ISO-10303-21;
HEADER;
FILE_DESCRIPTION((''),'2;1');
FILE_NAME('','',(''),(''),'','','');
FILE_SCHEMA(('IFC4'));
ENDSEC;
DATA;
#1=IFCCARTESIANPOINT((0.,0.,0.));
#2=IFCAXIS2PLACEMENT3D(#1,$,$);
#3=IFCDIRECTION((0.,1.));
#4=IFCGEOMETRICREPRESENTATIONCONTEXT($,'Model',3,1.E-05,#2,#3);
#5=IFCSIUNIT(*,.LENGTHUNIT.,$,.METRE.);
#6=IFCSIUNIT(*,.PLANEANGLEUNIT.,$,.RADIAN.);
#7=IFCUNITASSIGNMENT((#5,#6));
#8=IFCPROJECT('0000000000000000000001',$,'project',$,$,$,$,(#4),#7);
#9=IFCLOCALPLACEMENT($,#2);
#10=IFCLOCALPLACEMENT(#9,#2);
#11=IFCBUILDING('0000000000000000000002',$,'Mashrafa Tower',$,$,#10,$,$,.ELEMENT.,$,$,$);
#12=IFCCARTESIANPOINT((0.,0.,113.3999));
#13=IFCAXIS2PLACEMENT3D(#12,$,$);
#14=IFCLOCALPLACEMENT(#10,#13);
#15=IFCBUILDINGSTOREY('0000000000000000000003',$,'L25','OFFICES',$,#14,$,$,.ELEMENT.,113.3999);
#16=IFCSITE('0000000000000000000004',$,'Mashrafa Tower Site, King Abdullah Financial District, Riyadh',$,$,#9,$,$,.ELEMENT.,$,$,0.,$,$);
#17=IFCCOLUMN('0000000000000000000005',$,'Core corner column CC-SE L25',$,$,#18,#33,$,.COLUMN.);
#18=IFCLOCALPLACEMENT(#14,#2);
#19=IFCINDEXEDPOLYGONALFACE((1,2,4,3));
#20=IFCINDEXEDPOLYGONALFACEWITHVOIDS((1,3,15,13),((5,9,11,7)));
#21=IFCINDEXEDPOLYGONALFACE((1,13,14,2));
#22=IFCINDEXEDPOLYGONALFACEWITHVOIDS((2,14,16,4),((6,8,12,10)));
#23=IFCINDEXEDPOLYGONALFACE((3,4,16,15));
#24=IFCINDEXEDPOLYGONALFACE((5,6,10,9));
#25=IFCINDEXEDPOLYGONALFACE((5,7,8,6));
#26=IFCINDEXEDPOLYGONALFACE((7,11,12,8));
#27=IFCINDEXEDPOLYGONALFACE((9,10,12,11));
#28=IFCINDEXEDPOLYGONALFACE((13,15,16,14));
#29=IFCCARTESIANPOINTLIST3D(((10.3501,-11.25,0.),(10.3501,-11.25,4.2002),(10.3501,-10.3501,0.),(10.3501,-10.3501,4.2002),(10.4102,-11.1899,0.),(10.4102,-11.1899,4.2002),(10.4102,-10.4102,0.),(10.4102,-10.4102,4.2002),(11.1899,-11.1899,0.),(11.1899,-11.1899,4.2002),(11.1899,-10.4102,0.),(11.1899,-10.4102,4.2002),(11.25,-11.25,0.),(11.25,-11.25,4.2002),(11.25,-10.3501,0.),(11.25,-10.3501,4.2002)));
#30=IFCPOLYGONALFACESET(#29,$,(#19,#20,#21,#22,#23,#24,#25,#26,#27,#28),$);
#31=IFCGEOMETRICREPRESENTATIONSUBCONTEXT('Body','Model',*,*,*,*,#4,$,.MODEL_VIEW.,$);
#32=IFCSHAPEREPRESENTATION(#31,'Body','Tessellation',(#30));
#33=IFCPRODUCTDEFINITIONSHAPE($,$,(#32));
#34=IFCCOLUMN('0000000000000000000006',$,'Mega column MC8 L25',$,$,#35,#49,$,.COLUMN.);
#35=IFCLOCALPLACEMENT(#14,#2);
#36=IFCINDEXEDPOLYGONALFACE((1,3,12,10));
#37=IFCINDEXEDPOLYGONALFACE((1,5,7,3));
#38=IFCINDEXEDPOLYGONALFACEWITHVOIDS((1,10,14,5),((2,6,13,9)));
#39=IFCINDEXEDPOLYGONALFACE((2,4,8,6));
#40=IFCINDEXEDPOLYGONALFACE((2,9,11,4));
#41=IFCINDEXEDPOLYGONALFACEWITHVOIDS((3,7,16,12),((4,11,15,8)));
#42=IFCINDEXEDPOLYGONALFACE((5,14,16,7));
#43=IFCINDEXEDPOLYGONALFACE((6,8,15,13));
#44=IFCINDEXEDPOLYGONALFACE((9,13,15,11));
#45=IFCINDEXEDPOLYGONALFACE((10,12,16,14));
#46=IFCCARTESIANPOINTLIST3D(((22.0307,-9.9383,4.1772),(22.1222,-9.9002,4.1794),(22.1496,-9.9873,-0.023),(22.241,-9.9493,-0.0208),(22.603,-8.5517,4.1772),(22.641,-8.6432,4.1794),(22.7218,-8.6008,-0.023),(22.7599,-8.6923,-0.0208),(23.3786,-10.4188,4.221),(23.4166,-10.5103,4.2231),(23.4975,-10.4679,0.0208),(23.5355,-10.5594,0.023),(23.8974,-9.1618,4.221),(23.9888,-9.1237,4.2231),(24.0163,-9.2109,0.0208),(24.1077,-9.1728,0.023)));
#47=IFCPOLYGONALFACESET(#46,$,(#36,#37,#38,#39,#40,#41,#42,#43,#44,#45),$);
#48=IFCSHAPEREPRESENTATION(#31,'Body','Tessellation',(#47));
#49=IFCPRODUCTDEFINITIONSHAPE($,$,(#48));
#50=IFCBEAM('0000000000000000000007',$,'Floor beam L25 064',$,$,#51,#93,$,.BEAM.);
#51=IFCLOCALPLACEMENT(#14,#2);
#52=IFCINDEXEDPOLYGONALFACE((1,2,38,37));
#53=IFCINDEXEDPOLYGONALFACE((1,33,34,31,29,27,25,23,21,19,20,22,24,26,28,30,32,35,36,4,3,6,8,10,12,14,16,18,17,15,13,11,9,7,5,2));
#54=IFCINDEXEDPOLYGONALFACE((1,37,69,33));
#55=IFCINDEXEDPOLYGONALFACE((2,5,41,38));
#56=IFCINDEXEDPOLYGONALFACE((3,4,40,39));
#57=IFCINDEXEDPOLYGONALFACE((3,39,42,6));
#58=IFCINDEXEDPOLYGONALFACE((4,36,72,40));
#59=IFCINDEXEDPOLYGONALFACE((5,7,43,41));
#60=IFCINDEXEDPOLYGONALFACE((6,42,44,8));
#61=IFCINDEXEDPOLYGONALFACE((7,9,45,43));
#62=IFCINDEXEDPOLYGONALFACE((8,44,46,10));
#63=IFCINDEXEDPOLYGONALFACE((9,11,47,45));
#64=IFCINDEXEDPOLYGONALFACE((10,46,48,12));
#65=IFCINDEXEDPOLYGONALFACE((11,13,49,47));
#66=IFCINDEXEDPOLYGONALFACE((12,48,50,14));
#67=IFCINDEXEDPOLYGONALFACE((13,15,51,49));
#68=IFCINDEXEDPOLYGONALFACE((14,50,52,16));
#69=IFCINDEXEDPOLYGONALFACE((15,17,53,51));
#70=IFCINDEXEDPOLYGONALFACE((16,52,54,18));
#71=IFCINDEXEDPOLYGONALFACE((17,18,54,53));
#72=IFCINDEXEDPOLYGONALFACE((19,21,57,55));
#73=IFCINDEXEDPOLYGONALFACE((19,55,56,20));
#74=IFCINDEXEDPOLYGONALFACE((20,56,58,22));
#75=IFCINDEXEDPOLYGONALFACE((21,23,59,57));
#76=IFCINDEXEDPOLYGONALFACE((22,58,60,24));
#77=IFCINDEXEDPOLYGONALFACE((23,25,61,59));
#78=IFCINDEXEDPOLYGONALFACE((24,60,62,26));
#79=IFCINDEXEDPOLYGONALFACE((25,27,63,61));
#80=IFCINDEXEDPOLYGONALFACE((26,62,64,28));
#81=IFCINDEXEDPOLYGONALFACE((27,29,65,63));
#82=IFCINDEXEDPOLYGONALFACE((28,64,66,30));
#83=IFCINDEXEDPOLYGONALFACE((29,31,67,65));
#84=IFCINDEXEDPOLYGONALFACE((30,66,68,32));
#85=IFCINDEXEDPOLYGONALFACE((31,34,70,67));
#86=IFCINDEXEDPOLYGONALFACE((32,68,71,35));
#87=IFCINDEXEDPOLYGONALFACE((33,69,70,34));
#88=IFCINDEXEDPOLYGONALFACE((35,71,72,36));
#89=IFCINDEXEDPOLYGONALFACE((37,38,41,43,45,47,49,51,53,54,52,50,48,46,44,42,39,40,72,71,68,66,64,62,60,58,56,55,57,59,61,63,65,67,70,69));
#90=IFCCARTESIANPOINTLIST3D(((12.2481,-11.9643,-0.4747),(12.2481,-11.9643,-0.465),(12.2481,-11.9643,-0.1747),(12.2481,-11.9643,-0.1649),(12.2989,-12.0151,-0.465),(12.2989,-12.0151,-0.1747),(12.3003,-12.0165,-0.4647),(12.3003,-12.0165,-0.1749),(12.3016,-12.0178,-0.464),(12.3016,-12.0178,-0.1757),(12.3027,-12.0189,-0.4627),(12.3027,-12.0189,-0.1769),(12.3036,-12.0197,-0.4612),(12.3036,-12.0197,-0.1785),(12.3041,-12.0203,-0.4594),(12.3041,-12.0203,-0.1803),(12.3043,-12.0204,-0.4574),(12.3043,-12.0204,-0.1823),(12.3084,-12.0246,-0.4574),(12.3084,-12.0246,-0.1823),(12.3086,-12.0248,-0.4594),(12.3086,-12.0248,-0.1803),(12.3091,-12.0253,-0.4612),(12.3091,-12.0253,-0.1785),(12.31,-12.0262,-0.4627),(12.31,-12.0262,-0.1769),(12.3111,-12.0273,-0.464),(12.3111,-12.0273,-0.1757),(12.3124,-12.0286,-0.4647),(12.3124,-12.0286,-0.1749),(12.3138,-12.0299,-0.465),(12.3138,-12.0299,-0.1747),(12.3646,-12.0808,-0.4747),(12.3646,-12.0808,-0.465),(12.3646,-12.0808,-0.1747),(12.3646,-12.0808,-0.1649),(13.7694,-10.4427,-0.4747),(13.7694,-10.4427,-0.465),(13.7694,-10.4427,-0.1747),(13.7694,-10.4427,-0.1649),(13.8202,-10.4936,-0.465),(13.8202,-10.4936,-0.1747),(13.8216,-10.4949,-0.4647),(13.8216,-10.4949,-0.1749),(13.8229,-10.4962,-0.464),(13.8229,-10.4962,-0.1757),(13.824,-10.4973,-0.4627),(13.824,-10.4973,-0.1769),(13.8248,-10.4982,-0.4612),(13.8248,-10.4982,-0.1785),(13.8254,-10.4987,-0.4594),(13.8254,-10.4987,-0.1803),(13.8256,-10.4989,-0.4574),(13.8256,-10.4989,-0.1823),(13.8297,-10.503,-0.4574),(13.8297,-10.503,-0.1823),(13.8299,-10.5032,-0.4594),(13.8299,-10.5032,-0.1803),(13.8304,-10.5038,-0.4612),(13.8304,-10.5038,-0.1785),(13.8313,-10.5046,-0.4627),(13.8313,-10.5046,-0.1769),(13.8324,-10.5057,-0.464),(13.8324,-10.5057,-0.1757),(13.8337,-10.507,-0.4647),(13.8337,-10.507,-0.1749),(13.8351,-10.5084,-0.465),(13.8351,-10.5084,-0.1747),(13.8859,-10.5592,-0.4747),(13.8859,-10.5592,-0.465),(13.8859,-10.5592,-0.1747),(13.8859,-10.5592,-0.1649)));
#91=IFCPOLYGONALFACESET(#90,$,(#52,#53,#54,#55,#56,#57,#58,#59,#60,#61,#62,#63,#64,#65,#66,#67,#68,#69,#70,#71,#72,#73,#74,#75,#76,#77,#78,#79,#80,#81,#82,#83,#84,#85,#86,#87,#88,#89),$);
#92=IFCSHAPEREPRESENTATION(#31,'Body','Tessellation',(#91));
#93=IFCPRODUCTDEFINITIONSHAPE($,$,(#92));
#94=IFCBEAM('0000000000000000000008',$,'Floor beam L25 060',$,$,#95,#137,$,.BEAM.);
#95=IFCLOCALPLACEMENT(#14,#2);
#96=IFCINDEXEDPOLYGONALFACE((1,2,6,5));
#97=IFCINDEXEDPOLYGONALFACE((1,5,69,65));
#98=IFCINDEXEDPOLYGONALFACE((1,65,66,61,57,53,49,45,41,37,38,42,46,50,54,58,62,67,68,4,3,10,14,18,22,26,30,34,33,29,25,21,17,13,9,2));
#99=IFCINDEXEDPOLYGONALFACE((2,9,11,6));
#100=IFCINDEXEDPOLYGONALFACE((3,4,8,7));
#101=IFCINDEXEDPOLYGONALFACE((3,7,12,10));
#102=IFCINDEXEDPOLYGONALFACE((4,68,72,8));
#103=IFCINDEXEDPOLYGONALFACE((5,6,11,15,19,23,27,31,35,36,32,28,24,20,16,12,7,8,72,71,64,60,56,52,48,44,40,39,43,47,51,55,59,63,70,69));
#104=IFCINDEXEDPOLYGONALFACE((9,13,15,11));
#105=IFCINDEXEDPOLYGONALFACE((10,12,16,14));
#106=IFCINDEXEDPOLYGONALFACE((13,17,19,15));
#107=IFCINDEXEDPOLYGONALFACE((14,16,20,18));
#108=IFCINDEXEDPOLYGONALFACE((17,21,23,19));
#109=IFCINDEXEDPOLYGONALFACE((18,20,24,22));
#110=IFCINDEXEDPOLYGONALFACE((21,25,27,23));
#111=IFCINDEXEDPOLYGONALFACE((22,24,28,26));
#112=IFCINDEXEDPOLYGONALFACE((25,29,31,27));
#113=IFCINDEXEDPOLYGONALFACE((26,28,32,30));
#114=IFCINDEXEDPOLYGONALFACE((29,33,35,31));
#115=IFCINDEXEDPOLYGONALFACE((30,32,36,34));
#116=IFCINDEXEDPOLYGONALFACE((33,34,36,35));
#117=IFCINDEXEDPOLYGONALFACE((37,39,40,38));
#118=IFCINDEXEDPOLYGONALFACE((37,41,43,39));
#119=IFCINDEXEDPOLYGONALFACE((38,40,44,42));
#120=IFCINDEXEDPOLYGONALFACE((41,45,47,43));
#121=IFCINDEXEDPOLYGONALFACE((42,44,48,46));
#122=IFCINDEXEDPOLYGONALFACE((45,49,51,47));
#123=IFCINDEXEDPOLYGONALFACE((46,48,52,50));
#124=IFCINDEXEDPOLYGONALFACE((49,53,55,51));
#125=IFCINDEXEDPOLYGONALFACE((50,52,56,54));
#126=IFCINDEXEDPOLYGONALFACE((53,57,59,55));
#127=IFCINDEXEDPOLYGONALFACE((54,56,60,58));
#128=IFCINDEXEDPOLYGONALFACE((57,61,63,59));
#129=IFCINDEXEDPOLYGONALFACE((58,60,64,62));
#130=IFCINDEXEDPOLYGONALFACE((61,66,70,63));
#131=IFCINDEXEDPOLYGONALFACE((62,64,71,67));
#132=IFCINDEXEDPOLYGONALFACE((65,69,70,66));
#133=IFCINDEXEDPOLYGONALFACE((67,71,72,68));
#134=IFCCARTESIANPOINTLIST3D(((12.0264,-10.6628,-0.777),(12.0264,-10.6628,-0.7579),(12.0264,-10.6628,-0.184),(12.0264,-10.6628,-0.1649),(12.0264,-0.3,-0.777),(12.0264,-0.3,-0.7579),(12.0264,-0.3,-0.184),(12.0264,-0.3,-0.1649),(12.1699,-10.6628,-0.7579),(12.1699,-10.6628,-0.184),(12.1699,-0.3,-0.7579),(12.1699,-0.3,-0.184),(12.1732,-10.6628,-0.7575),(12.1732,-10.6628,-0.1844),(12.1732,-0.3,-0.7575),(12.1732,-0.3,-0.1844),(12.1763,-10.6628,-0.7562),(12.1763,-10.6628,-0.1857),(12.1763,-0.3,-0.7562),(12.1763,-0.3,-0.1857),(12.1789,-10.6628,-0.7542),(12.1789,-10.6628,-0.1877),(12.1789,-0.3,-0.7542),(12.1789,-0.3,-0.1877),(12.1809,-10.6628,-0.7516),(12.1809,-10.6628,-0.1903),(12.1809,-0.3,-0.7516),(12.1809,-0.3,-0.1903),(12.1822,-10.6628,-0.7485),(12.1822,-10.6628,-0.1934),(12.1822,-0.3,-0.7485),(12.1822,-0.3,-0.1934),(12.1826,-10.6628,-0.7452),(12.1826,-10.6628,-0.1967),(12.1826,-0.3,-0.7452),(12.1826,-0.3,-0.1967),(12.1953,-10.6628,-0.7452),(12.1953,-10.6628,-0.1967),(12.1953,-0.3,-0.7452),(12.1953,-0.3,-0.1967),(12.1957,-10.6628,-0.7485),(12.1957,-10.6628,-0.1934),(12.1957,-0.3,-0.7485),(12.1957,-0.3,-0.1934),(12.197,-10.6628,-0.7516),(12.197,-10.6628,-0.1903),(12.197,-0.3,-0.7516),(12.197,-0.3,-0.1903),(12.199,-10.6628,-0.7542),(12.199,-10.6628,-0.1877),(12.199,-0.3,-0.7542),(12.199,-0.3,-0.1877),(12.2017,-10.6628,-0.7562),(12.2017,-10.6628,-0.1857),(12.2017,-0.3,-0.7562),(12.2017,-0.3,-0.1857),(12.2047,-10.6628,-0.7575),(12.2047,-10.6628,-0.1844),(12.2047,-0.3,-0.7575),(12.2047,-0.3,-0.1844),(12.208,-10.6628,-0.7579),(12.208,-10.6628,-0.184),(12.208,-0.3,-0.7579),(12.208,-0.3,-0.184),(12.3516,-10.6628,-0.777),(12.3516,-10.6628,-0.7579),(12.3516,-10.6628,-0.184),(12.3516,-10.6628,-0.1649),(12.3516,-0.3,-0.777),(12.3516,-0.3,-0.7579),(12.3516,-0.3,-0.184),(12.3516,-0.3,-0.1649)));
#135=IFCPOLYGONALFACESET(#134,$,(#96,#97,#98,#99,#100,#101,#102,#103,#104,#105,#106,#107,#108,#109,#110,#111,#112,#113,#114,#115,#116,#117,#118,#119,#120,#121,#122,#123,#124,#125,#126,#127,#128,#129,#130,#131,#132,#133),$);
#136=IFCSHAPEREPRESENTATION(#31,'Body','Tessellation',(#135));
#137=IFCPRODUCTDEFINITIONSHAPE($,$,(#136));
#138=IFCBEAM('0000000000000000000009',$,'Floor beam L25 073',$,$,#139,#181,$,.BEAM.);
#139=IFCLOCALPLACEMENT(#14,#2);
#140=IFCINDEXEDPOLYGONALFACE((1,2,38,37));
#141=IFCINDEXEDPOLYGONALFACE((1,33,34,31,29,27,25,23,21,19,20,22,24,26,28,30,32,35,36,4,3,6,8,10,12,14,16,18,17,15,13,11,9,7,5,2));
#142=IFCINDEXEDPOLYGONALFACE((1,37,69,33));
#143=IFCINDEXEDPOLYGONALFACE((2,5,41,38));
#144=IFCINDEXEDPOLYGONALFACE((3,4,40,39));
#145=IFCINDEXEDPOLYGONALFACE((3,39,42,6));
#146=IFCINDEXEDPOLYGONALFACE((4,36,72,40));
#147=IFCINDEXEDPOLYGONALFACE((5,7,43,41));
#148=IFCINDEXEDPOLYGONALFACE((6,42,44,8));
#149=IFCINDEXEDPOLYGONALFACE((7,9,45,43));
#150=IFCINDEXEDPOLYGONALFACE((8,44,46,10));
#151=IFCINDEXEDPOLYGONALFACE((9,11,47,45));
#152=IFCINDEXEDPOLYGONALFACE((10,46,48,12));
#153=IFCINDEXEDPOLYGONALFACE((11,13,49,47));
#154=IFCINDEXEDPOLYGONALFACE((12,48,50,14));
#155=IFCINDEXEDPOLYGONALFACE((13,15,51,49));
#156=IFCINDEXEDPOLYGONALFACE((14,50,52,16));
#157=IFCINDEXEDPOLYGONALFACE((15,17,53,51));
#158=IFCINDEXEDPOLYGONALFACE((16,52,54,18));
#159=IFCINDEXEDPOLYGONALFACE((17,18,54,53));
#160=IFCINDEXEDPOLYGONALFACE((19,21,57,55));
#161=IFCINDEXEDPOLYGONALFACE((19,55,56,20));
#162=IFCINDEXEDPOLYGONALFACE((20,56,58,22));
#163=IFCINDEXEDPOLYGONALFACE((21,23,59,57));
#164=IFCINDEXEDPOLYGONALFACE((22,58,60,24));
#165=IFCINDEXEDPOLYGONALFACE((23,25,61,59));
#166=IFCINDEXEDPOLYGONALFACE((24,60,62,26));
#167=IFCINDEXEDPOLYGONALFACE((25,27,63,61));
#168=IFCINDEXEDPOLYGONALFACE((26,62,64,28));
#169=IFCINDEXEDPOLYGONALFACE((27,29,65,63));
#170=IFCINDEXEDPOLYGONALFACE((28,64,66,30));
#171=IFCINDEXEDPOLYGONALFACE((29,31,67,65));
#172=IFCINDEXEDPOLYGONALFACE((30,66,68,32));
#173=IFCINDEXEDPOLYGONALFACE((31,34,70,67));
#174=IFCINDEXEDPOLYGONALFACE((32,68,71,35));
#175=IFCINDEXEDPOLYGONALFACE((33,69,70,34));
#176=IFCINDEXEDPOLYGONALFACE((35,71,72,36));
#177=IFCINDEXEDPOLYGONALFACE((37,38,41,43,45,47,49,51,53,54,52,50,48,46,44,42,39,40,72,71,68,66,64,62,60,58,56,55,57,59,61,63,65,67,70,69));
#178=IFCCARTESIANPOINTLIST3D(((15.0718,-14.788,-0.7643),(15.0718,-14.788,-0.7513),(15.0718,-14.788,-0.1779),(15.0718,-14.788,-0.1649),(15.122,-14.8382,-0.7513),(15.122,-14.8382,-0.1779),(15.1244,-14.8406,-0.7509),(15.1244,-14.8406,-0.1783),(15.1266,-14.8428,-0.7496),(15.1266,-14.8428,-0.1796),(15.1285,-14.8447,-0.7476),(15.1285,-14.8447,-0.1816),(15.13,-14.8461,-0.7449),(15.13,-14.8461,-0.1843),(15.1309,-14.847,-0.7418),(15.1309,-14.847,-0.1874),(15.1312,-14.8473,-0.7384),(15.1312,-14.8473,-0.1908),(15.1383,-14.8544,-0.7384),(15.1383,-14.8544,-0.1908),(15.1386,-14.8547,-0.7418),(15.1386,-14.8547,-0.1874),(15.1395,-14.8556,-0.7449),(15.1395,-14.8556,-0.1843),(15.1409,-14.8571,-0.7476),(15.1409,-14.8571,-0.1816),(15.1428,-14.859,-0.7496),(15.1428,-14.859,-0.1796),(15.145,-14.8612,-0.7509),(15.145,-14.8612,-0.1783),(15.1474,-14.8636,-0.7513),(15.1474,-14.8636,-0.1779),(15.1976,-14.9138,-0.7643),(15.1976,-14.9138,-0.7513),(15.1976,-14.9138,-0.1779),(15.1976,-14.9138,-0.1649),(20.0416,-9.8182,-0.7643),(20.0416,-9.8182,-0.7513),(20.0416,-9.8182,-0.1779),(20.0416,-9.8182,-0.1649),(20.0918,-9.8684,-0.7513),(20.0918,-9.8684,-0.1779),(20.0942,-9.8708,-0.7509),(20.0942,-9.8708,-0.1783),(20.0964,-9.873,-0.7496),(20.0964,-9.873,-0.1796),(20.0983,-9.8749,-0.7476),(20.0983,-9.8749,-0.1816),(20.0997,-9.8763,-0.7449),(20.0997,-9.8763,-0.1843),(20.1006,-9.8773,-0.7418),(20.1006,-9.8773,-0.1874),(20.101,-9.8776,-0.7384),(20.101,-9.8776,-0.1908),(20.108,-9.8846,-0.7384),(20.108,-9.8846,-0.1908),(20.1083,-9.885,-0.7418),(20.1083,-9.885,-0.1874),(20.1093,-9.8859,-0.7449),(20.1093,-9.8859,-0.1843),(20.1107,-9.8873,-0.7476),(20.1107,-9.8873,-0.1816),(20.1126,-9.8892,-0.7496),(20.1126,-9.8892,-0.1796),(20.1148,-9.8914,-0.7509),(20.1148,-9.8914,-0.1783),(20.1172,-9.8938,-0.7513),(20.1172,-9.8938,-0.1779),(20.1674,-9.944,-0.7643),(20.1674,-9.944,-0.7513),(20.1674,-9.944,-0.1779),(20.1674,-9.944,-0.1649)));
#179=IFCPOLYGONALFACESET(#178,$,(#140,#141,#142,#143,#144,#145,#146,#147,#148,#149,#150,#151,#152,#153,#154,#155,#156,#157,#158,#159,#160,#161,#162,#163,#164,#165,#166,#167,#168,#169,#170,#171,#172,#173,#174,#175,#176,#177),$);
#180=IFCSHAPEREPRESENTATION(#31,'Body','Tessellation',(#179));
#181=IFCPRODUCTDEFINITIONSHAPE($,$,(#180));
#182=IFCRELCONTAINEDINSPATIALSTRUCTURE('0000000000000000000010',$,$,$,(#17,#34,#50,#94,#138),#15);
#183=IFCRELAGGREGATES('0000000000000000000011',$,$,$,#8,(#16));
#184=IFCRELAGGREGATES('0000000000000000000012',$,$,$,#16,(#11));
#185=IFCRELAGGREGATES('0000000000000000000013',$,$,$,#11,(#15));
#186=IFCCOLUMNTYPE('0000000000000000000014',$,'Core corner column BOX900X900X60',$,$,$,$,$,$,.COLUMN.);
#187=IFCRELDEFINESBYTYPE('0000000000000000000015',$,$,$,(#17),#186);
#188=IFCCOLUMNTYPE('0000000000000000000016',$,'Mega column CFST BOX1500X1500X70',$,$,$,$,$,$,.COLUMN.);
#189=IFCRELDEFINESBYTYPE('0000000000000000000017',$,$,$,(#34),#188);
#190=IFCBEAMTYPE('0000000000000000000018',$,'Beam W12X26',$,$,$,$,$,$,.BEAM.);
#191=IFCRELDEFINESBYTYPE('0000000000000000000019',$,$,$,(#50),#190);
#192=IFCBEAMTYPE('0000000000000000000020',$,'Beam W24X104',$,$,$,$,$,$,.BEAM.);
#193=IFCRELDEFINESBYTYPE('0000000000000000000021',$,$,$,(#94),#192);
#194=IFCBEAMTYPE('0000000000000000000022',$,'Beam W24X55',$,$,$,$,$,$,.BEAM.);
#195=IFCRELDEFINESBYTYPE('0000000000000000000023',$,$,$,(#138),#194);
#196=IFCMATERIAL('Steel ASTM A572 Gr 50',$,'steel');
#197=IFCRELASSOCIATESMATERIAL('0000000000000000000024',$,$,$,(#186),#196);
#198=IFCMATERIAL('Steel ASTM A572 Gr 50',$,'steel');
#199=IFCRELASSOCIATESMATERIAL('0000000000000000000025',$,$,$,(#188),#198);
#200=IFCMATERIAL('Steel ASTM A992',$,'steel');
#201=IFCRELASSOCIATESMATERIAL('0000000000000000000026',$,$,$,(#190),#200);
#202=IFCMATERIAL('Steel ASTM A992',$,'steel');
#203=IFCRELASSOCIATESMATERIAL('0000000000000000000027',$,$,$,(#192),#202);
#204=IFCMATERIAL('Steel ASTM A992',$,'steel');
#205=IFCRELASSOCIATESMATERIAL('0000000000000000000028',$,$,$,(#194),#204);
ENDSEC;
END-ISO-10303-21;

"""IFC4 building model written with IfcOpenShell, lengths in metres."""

from ifc_helpers import new_model, si_unit, direction, frame, origin, origin_2d, place, context, subcontext, project, spatial, hollow_rectangle, i_section, extrude, material, material_profile, profile_set, type_object, element, save


model = new_model("IFC4")

# Units and contexts
model_context = context("Model", 3, precision=1e-05, world=origin(), true_north=direction((0.0, 1.0)))
body_context = subcontext(model_context, "Body", "Model", "MODEL_VIEW")
ifc_project = project(units=[si_unit("LENGTHUNIT", "METRE"), si_unit("PLANEANGLEUNIT", "RADIAN")], contexts=[model_context])

# Site, building, storey
site_placement = place(None, origin())
site = spatial("IfcSite", under=ifc_project, at=site_placement, Name="Mashrafa Tower Site, King Abdullah Financial District, Riyadh", CompositionType="ELEMENT", RefElevation=0.0)
building_placement = place(site_placement, origin())
building = spatial("IfcBuilding", under=site, at=building_placement, Name="Mashrafa Tower", CompositionType="ELEMENT")
storey_placement = place(building_placement, frame((0.0, 0.0, 113.3999)))
storey = spatial("IfcBuildingStorey", under=building, at=storey_placement, Name="L25", Description="OFFICES", CompositionType="ELEMENT", Elevation=113.3999)

# Columns
ifc_material_1 = material(Name="Steel ASTM A572 Gr 50", Category="steel")
ifc_material_profile_1 = material_profile(ifc_material_1, hollow_rectangle(XDim=0.8999, YDim=0.8999, WallThickness=0.0601, at=origin_2d()), Name="BOX900X900X60")
ifc_profile_set_1 = profile_set([ifc_material_profile_1], Name="Steel ASTM A572 Gr 50")
column_type_1 = type_object("IfcColumnType", Name="Core corner column BOX900X900X60", PredefinedType="COLUMN", material=ifc_profile_set_1)
column_1_placement = place(storey_placement, frame((10.8, -10.8, 0.0), z_axis=(0.0, 0.0, 1.0), x_axis=(1.0, 0.0, 0.0)))
element("IfcColumn", 1, at=column_1_placement, inside=storey, type_object=column_type_1, Name="Core corner column CC-SE L25", PredefinedType="COLUMN", context=body_context, shape_type="SweptSolid", body=[
    extrude(hollow_rectangle(XDim=0.8999, YDim=0.8999, WallThickness=0.0601, at=origin_2d()), origin(), (0.0, 0.0, 1.0), 4.2002),
])
ifc_material_2 = material(Name="Steel ASTM A572 Gr 50", Category="steel")
ifc_material_profile_2 = material_profile(ifc_material_2, hollow_rectangle(XDim=1.5, YDim=1.5, WallThickness=0.0701, at=origin_2d()), Name="BOX1500X1500X70")
ifc_profile_set_2 = profile_set([ifc_material_profile_2], Name="Steel ASTM A572 Gr 50")
column_type_2 = type_object("IfcColumnType", Name="Mega column CFST BOX1500X1500X70", PredefinedType="COLUMN", material=ifc_profile_set_2)
column_2_placement = place(storey_placement, frame((23.1287, -9.5801, 0.0), z_axis=(-0.028294, 0.011678, 0.999531), x_axis=(-0.381513, -0.924363, 0.0)))
element("IfcColumn", 2, at=column_2_placement, inside=storey, type_object=column_type_2, Name="Mega column MC8 L25", PredefinedType="COLUMN", context=body_context, shape_type="SweptSolid", body=[
    extrude(hollow_rectangle(XDim=1.5, YDim=1.5, WallThickness=0.0701, at=origin_2d()), origin(), (0.0, 0.0, 1.0), 4.2021),
])

# Beams
ifc_material_3 = material(Name="Steel ASTM A992", Category="steel")
ifc_material_profile_3 = material_profile(ifc_material_3, i_section(OverallWidth=0.1648, OverallDepth=0.3098, WebThickness=0.0059, FlangeThickness=0.0098, FilletRadius=0.0076, at=origin_2d()), Name="W12X26")
ifc_profile_set_3 = profile_set([ifc_material_profile_3], Name="Steel ASTM A992")
beam_type_1 = type_object("IfcBeamType", Name="Beam W12X26", PredefinedType="BEAM", material=ifc_profile_set_3)
beam_1_placement = place(storey_placement, frame((13.8276, -10.501, -0.3198), z_axis=(-0.70705, -0.707164, 0.0), x_axis=(0.707164, -0.70705, 0.0)))
element("IfcBeam", 3, at=beam_1_placement, inside=storey, type_object=beam_type_1, Name="Floor beam L25 064", PredefinedType="BEAM", context=body_context, shape_type="SweptSolid", body=[
    extrude(i_section(OverallWidth=0.1648, OverallDepth=0.3098, WebThickness=0.0059, FlangeThickness=0.0098, FilletRadius=0.0076, at=origin_2d()), origin(), (0.0, 0.0, 1.0), 2.1516),
])
ifc_material_4 = material(Name="Steel ASTM A992", Category="steel")
ifc_material_profile_4 = material_profile(ifc_material_4, i_section(OverallWidth=0.3252, OverallDepth=0.6121, WebThickness=0.0127, FlangeThickness=0.019, FilletRadius=0.0127, at=origin_2d()), Name="W24X104")
ifc_profile_set_4 = profile_set([ifc_material_profile_4], Name="Steel ASTM A992")
beam_type_2 = type_object("IfcBeamType", Name="Beam W24X104", PredefinedType="BEAM", material=ifc_profile_set_4)
beam_2_placement = place(storey_placement, frame((12.189, -0.3, -0.4709), z_axis=(0.0, -1.0, 0.0), x_axis=(1.0, 0.0, 0.0)))
element("IfcBeam", 4, at=beam_2_placement, inside=storey, type_object=beam_type_2, Name="Floor beam L25 060", PredefinedType="BEAM", context=body_context, shape_type="SweptSolid", body=[
    extrude(i_section(OverallWidth=0.3252, OverallDepth=0.6121, WebThickness=0.0127, FlangeThickness=0.019, FilletRadius=0.0127, at=origin_2d()), origin(), (0.0, 0.0, 1.0), 10.3628),
])
ifc_material_5 = material(Name="Steel ASTM A992", Category="steel")
ifc_material_profile_5 = material_profile(ifc_material_5, i_section(OverallWidth=0.178, OverallDepth=0.5994, WebThickness=0.01, FlangeThickness=0.0129, FilletRadius=0.0129, at=origin_2d()), Name="W24X55")
ifc_profile_set_5 = profile_set([ifc_material_profile_5], Name="Steel ASTM A992")
beam_type_3 = type_object("IfcBeamType", Name="Beam W24X55", PredefinedType="BEAM", material=ifc_profile_set_5)
beam_3_placement = place(storey_placement, frame((20.1045, -9.8811, -0.4646), z_axis=(-0.707107, -0.707107, 0.0), x_axis=(0.707107, -0.707107, 0.0)))
element("IfcBeam", 5, at=beam_3_placement, inside=storey, type_object=beam_type_3, Name="Floor beam L25 073", PredefinedType="BEAM", context=body_context, shape_type="SweptSolid", body=[
    extrude(i_section(OverallWidth=0.178, OverallDepth=0.5994, WebThickness=0.01, FlangeThickness=0.0129, FilletRadius=0.0129, at=origin_2d()), origin(), (0.0, 0.0, 1.0), 7.0283),
])

save(model, "model.ifc")
